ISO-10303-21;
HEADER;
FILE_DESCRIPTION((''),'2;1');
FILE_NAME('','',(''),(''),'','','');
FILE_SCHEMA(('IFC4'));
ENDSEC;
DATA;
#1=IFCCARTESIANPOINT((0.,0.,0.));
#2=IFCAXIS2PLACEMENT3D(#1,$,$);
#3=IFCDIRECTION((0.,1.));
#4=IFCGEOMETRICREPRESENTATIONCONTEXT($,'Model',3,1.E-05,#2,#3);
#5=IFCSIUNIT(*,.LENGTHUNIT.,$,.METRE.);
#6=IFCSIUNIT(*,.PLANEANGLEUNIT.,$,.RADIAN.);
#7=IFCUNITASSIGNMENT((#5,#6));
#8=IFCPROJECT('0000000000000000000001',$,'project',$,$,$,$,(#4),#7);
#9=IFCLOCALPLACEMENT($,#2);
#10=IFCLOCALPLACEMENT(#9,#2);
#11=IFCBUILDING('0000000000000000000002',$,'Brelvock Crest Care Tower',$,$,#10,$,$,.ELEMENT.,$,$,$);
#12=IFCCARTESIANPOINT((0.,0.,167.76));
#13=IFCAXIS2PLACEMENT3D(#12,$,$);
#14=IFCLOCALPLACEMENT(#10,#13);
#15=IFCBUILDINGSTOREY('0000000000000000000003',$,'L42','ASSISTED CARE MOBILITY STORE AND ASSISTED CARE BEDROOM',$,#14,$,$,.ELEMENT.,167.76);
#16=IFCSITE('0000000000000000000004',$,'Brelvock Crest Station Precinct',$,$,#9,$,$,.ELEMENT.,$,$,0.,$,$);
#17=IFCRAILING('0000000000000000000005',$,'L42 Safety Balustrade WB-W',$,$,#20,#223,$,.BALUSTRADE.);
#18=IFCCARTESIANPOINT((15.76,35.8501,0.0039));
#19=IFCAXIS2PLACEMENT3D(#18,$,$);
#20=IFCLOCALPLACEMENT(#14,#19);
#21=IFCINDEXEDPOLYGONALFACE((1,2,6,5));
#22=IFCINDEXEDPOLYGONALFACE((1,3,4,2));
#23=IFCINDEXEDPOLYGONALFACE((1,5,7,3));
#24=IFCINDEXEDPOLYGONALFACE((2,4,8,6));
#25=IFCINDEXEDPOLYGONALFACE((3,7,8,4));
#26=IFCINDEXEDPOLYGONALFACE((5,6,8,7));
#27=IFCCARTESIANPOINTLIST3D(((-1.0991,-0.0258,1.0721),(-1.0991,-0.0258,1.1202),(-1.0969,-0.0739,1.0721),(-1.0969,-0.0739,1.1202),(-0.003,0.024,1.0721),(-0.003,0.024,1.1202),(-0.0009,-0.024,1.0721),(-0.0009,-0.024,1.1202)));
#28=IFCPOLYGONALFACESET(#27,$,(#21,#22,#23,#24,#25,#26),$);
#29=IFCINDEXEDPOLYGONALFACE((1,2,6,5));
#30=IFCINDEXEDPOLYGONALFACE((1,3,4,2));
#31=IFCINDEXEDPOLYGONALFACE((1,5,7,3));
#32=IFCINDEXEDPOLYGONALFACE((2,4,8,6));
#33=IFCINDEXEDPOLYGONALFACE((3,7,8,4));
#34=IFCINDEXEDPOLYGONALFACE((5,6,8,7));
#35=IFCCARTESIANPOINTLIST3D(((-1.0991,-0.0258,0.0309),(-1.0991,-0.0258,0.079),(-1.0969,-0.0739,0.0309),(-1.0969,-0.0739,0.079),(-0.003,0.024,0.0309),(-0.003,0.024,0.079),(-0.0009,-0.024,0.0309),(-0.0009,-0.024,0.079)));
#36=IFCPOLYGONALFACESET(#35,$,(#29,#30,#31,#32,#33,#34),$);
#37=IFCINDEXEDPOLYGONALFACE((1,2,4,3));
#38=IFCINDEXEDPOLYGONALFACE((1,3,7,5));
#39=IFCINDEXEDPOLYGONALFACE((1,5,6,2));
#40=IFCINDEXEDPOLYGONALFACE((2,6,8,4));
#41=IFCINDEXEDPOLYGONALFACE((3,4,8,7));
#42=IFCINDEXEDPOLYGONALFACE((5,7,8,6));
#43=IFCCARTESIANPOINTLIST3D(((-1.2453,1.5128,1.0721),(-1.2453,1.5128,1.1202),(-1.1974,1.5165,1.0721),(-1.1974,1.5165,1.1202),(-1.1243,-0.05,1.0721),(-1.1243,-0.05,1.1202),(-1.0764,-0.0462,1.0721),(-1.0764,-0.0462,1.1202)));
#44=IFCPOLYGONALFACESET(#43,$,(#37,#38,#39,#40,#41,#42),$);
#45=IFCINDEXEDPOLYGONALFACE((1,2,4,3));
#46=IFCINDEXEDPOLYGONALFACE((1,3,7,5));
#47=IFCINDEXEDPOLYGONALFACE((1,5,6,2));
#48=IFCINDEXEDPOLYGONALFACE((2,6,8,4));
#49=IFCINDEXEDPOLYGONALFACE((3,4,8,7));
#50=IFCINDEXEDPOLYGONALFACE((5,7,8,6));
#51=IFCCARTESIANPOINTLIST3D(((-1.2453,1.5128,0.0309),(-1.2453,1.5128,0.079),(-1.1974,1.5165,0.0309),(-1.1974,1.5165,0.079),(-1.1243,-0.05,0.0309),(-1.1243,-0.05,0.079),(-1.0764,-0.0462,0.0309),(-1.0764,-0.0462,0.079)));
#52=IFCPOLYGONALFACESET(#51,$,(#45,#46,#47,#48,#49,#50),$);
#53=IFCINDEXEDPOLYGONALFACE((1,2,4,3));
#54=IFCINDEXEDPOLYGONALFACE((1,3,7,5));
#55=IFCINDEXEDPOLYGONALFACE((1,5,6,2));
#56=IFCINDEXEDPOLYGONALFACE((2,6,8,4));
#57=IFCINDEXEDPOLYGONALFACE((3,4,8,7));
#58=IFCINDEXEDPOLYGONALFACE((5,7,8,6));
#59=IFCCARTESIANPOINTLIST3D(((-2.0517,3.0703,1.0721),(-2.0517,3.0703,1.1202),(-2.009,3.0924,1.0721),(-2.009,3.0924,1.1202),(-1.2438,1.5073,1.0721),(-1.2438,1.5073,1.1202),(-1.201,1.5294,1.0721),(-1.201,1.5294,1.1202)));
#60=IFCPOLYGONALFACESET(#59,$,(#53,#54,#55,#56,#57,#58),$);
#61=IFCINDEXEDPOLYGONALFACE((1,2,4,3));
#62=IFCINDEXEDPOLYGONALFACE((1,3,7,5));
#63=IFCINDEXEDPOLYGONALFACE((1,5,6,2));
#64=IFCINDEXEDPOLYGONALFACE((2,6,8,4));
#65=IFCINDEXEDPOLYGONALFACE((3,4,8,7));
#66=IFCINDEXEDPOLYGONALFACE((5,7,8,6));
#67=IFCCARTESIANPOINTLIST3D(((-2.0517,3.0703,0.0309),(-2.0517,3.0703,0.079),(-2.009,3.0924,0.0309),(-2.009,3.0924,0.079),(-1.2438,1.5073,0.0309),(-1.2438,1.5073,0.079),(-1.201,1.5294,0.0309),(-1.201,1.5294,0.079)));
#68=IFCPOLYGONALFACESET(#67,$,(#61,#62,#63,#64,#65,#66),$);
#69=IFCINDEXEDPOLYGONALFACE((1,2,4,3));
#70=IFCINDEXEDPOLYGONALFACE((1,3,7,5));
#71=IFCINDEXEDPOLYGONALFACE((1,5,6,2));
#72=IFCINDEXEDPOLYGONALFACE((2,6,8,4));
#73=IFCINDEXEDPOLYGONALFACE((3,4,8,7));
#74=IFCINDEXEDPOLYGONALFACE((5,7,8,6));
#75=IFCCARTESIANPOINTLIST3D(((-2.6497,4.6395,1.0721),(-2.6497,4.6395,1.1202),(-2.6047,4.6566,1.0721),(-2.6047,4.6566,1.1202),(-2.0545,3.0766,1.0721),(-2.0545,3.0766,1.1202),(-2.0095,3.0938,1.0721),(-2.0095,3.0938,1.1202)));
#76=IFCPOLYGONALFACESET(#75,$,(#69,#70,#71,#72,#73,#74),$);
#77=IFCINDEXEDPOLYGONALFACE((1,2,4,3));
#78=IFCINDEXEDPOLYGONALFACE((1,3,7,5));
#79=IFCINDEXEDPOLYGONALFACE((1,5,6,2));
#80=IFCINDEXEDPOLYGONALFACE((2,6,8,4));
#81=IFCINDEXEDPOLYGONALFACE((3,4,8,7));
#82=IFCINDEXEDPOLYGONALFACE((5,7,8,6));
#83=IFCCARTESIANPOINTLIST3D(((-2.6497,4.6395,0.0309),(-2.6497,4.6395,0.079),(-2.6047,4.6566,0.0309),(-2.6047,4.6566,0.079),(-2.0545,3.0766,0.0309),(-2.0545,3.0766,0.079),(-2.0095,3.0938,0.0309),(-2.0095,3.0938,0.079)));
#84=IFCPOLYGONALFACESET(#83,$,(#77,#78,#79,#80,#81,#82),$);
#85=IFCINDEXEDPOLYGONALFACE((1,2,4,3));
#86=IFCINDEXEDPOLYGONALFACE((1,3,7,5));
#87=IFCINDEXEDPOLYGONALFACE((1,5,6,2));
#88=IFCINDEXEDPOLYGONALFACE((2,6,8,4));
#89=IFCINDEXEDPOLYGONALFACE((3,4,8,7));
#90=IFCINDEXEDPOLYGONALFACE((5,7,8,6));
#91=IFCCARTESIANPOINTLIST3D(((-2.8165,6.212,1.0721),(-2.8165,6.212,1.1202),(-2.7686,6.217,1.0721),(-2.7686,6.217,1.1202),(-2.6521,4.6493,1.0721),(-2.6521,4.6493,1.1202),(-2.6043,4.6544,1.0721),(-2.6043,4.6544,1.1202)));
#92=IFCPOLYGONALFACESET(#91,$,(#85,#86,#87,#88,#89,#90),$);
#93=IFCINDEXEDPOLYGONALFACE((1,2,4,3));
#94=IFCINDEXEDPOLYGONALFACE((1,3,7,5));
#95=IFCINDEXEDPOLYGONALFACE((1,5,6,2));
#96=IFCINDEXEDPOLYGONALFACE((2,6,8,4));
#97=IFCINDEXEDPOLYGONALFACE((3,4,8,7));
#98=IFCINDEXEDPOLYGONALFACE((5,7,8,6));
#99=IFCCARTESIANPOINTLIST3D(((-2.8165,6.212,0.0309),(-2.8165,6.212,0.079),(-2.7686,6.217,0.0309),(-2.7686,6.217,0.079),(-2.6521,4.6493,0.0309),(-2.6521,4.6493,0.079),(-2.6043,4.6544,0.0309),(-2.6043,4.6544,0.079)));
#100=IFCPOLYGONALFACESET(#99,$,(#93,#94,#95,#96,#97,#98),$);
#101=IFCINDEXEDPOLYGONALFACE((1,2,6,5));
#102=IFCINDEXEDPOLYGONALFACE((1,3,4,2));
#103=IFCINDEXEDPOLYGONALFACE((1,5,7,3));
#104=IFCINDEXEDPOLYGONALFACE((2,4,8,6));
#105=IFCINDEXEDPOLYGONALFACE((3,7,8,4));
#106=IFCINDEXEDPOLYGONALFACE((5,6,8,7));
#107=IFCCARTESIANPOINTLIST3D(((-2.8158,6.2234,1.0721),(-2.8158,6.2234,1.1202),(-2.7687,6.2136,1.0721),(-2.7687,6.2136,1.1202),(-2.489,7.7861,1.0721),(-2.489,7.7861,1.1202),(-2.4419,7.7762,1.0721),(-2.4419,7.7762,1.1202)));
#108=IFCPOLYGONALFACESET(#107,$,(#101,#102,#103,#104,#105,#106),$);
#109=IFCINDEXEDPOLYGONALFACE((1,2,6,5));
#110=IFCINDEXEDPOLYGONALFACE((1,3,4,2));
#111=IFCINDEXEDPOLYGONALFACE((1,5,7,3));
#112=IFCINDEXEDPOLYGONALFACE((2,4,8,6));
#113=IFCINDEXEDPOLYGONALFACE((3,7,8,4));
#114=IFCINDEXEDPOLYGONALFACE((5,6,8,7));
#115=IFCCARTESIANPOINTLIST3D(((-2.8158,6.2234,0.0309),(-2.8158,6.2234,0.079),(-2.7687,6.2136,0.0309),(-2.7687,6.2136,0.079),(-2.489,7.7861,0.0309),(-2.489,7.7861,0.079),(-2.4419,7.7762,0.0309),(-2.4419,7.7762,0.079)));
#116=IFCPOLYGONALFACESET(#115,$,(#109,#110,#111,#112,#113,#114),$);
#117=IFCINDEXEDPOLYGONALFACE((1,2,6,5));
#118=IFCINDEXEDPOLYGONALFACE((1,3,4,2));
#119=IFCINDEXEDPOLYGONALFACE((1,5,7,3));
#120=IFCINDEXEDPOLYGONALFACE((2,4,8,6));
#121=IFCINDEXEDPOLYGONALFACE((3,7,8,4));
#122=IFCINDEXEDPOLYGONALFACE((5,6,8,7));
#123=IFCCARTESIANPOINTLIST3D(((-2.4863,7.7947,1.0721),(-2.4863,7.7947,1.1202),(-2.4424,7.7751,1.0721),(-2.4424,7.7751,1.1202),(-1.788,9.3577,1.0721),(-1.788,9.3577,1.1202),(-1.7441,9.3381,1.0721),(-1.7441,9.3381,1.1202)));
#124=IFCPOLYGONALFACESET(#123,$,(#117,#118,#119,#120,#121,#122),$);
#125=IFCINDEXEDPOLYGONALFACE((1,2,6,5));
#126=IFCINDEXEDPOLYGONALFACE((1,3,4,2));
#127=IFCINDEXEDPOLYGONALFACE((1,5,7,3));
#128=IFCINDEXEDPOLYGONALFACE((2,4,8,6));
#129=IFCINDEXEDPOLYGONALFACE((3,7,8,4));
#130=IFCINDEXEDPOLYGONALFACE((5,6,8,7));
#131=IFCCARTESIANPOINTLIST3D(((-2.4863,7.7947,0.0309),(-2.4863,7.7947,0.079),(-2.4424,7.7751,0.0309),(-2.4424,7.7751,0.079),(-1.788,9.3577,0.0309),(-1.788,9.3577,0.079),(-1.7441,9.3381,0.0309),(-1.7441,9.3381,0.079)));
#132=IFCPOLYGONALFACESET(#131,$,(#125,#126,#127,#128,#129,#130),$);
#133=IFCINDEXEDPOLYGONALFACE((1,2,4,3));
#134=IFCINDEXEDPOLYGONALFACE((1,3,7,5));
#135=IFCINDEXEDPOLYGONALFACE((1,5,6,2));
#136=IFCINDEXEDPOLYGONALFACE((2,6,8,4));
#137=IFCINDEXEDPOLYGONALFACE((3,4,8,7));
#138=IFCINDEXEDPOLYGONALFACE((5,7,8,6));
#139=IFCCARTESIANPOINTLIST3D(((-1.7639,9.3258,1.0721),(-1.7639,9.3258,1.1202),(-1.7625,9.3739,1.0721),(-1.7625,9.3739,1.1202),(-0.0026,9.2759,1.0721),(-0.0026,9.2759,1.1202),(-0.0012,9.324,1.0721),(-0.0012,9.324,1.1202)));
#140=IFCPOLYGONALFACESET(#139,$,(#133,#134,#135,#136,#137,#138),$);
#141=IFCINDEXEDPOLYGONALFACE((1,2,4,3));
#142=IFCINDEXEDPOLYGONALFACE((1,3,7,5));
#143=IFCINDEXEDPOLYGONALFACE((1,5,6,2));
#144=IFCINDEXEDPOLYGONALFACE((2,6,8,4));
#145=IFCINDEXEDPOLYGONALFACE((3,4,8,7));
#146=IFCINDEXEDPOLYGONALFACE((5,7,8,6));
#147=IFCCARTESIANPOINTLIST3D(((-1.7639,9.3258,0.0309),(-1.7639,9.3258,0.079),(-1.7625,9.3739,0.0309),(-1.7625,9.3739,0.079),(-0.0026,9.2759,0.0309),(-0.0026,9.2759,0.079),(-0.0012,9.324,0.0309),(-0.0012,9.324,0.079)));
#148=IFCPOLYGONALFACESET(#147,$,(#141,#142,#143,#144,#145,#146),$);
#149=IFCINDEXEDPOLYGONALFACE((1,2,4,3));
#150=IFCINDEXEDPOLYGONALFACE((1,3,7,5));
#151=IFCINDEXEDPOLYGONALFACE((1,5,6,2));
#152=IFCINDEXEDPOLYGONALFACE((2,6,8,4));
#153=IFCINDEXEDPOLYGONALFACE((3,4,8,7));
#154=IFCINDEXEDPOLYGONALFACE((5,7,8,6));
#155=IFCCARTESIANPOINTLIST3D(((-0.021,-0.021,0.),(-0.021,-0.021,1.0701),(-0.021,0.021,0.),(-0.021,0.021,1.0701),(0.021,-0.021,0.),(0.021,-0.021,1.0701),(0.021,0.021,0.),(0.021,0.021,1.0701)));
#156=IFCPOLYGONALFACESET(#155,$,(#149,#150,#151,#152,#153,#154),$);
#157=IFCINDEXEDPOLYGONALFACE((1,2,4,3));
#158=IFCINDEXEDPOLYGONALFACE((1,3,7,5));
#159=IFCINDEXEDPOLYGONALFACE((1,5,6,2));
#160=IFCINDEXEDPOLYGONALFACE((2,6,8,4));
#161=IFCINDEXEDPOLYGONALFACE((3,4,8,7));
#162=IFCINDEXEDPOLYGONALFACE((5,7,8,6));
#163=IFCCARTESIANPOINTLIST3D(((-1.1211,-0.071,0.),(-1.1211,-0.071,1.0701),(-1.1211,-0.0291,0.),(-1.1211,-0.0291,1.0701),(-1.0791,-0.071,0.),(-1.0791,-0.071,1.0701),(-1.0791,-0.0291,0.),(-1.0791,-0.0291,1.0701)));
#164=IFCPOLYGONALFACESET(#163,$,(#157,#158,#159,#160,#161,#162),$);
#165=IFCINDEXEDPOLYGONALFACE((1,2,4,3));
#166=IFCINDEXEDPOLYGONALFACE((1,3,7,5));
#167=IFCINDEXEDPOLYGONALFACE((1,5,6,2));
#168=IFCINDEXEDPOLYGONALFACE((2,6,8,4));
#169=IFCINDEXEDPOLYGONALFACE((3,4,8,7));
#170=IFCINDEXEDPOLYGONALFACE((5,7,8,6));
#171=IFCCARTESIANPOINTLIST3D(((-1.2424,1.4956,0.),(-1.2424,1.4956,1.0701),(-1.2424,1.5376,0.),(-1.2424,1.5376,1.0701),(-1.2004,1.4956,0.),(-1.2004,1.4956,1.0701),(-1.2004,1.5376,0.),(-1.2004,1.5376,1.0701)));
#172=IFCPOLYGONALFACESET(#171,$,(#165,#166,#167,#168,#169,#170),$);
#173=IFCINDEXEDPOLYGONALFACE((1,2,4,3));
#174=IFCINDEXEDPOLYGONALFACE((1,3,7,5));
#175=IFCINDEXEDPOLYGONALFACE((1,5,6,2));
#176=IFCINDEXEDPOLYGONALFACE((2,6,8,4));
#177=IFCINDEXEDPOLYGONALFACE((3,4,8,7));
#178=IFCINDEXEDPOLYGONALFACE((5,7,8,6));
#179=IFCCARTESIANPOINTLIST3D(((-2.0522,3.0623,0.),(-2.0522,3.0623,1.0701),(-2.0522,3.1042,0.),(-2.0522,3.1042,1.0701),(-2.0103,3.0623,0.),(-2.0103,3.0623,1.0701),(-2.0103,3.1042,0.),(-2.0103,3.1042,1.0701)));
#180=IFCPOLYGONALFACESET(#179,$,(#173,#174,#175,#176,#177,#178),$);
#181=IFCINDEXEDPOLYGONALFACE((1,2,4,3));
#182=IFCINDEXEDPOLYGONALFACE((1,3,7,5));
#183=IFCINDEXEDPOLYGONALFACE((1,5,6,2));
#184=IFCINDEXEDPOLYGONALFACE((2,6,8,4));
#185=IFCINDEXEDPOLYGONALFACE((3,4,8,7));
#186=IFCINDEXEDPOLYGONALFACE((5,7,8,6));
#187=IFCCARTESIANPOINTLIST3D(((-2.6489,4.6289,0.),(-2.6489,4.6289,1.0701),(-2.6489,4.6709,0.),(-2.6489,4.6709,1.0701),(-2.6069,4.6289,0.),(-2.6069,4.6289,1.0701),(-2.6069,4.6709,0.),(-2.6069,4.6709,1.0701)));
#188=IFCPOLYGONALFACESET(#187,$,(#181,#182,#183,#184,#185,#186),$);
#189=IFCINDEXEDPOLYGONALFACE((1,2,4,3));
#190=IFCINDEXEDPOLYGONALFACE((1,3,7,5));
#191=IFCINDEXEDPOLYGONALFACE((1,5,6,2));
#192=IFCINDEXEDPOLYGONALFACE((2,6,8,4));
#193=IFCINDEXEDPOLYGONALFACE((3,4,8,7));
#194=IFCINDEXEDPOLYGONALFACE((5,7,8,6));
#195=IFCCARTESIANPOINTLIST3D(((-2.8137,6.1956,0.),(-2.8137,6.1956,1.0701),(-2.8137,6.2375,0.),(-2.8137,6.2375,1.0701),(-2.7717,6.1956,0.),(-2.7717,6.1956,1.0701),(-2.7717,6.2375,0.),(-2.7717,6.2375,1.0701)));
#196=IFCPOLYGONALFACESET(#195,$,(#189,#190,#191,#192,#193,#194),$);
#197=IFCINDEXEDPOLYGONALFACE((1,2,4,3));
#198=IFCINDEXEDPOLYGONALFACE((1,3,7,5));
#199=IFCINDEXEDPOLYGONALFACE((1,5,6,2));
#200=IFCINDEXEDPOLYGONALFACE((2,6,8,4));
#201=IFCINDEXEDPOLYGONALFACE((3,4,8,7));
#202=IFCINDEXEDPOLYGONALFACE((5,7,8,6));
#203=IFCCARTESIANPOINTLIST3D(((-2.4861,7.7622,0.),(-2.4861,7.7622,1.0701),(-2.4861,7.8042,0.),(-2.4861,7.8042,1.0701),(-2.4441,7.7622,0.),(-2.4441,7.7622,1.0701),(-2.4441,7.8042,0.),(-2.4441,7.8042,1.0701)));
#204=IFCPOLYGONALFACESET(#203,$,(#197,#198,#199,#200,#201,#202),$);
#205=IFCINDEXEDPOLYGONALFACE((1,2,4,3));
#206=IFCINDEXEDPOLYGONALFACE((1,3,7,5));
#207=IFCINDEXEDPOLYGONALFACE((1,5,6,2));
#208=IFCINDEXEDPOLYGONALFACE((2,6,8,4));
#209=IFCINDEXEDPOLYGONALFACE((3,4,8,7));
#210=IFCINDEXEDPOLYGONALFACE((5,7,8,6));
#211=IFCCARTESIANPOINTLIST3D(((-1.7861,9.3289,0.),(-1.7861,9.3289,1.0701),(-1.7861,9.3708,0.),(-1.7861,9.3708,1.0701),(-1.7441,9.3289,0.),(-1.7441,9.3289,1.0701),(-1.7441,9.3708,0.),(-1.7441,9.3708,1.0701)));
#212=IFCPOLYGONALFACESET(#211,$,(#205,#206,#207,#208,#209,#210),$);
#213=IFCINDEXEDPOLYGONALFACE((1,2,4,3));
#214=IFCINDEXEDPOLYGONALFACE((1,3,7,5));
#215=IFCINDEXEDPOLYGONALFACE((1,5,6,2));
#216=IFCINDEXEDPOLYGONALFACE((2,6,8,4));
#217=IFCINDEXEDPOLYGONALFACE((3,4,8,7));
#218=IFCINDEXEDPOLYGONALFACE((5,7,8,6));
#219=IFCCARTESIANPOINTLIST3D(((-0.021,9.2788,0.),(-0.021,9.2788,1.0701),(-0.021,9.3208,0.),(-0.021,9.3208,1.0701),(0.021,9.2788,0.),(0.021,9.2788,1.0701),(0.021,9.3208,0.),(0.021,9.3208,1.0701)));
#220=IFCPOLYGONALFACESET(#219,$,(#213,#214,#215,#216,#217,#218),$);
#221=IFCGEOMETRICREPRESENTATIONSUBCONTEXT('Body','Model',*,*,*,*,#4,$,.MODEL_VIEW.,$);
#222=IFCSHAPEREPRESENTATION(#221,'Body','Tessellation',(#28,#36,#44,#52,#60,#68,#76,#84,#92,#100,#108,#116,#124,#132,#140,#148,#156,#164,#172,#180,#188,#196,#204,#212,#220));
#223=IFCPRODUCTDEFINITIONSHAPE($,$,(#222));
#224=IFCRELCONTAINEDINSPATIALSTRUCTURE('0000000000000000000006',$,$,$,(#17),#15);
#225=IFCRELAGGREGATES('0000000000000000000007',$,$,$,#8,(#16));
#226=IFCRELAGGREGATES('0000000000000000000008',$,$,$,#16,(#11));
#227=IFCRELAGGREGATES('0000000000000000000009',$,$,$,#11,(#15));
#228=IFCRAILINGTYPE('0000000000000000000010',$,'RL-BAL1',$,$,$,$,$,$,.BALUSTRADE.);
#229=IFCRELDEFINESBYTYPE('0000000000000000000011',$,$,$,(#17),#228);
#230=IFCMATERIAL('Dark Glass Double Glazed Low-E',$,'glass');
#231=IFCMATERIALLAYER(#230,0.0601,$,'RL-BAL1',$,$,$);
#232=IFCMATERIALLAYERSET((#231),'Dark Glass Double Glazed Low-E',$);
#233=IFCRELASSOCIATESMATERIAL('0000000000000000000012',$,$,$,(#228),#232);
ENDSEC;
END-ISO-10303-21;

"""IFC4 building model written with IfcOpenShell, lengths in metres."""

from ifc_helpers import new_model, si_unit, direction, frame, origin, origin_2d, place, context, subcontext, project, spatial, rectangle, extrude, material, layer, layer_set, type_object, element, save


model = new_model("IFC4")

# Units and contexts
model_context = context("Model", 3, precision=1e-05, world=origin(), true_north=direction((0.0, 1.0)))
body_context = subcontext(model_context, "Body", "Model", "MODEL_VIEW")
ifc_project = project(units=[si_unit("LENGTHUNIT", "METRE"), si_unit("PLANEANGLEUNIT", "RADIAN")], contexts=[model_context])

# Site, building, storey
site_placement = place(None, origin())
site = spatial("IfcSite", under=ifc_project, at=site_placement, Name="Brelvock Crest Station Precinct", CompositionType="ELEMENT", RefElevation=0.0)
building_placement = place(site_placement, origin())
building = spatial("IfcBuilding", under=site, at=building_placement, Name="Brelvock Crest Care Tower", CompositionType="ELEMENT")
storey_placement = place(building_placement, frame((0.0, 0.0, 167.76)))
storey = spatial("IfcBuildingStorey", under=building, at=storey_placement, Name="L42", Description="ASSISTED CARE MOBILITY STORE AND ASSISTED CARE BEDROOM", CompositionType="ELEMENT", Elevation=167.76)

# Shared definitions
ifc_material_1 = material(Name="Dark Glass Double Glazed Low-E", Category="glass")

# Railing
ifc_layer_1 = layer(ifc_material_1, 0.0601, Name="RL-BAL1")
ifc_layer_set_1 = layer_set([ifc_layer_1], Name="Dark Glass Double Glazed Low-E")
railing_type = type_object("IfcRailingType", Name="RL-BAL1", PredefinedType="BALUSTRADE", material=ifc_layer_set_1)
railing_placement = place(storey_placement, frame((15.76, 35.8501, 0.0039)))
element("IfcRailing", 1, at=railing_placement, inside=storey, type_object=railing_type, Name="L42 Safety Balustrade WB-W", PredefinedType="BALUSTRADE", context=body_context, shape_type="SweptSolid", body=[
    extrude(rectangle(XDim=0.0481, YDim=0.0481, at=origin_2d()), frame((-0.002, 0.0, 1.0962), z_axis=(-0.998967, -0.045448, 0.0), x_axis=(0.045448, -0.998967, 0.0)), (0.0, 0.0, 1.0), 1.0972),
    extrude(rectangle(XDim=0.0481, YDim=0.0481, at=origin_2d()), frame((-0.002, 0.0, 0.0549), z_axis=(-0.998967, -0.045448, 0.0), x_axis=(0.045448, -0.998967, 0.0)), (0.0, 0.0, 1.0), 1.0972),
    extrude(rectangle(XDim=0.0481, YDim=0.0481, at=origin_2d()), frame((-1.1003, -0.0481, 1.0962), z_axis=(-0.077219, 0.997014, 0.0), x_axis=(-0.997014, -0.077219, 0.0)), (0.0, 0.0, 1.0), 1.5674),
    extrude(rectangle(XDim=0.0481, YDim=0.0481, at=origin_2d()), frame((-1.1003, -0.0481, 0.0549), z_axis=(-0.077219, 0.997014, 0.0), x_axis=(-0.997014, -0.077219, 0.0)), (0.0, 0.0, 1.0), 1.5674),
    extrude(rectangle(XDim=0.0481, YDim=0.0481, at=origin_2d()), frame((-1.2224, 1.5183, 1.0962), z_axis=(-0.459189, 0.888338, 0.0), x_axis=(-0.888338, -0.459189, 0.0)), (0.0, 0.0, 1.0), 1.7595),
    extrude(rectangle(XDim=0.0481, YDim=0.0481, at=origin_2d()), frame((-1.2224, 1.5183, 0.0549), z_axis=(-0.459189, 0.888338, 0.0), x_axis=(-0.888338, -0.459189, 0.0)), (0.0, 0.0, 1.0), 1.7595),
    extrude(rectangle(XDim=0.0481, YDim=0.0481, at=origin_2d()), frame((-2.032, 3.0852, 1.0962), z_axis=(-0.355923, 0.934515, 0.0), x_axis=(-0.934515, -0.355923, 0.0)), (0.0, 0.0, 1.0), 1.6724),
    extrude(rectangle(XDim=0.0481, YDim=0.0481, at=origin_2d()), frame((-2.032, 3.0852, 0.0549), z_axis=(-0.355923, 0.934515, 0.0), x_axis=(-0.934515, -0.355923, 0.0)), (0.0, 0.0, 1.0), 1.6724),
    extrude(rectangle(XDim=0.0481, YDim=0.0481, at=origin_2d()), frame((-2.6282, 4.6519, 1.0962), z_axis=(-0.104612, 0.994513, 0.0), x_axis=(-0.994513, -0.104612, 0.0)), (0.0, 0.0, 1.0), 1.5713),
    extrude(rectangle(XDim=0.0481, YDim=0.0481, at=origin_2d()), frame((-2.6282, 4.6519, 0.0549), z_axis=(-0.104612, 0.994513, 0.0), x_axis=(-0.994513, -0.104612, 0.0)), (0.0, 0.0, 1.0), 1.5713),
    extrude(rectangle(XDim=0.0481, YDim=0.0481, at=origin_2d()), frame((-2.7922, 6.2185, 1.0962), z_axis=(0.204703, 0.978824, 0.0), x_axis=(-0.978824, 0.204703, 0.0)), (0.0, 0.0, 1.0), 1.5964),
    extrude(rectangle(XDim=0.0481, YDim=0.0481, at=origin_2d()), frame((-2.7922, 6.2185, 0.0549), z_axis=(0.204703, 0.978824, 0.0), x_axis=(-0.978824, 0.204703, 0.0)), (0.0, 0.0, 1.0), 1.5964),
    extrude(rectangle(XDim=0.0481, YDim=0.0481, at=origin_2d()), frame((-2.4644, 7.7849, 1.0962), z_axis=(0.40792, 0.913018, 0.0), x_axis=(-0.913018, 0.40792, 0.0)), (0.0, 0.0, 1.0), 1.7119),
    extrude(rectangle(XDim=0.0481, YDim=0.0481, at=origin_2d()), frame((-2.4644, 7.7849, 0.0549), z_axis=(0.40792, 0.913018, 0.0), x_axis=(-0.913018, 0.40792, 0.0)), (0.0, 0.0, 1.0), 1.7119),
    extrude(rectangle(XDim=0.0481, YDim=0.0481, at=origin_2d()), frame((-1.7632, 9.3499, 1.0962), z_axis=(0.999598, -0.028343, 0.0), x_axis=(0.028343, 0.999598, 0.0)), (0.0, 0.0, 1.0), 1.762),
    extrude(rectangle(XDim=0.0481, YDim=0.0481, at=origin_2d()), frame((-1.7632, 9.3499, 0.0549), z_axis=(0.999598, -0.028343, 0.0), x_axis=(0.028343, 0.999598, 0.0)), (0.0, 0.0, 1.0), 1.762),
    extrude(rectangle(XDim=0.042, YDim=0.042, at=origin_2d()), origin(), (0.0, 0.0, 1.0), 1.0701),
    extrude(rectangle(XDim=0.042, YDim=0.042, at=origin_2d()), frame((-1.1001, -0.05, 0.0)), (0.0, 0.0, 1.0), 1.0701),
    extrude(rectangle(XDim=0.042, YDim=0.042, at=origin_2d()), frame((-1.2214, 1.5166, 0.0)), (0.0, 0.0, 1.0), 1.0701),
    extrude(rectangle(XDim=0.042, YDim=0.042, at=origin_2d()), frame((-2.0312, 3.0833, 0.0)), (0.0, 0.0, 1.0), 1.0701),
    extrude(rectangle(XDim=0.042, YDim=0.042, at=origin_2d()), frame((-2.6279, 4.6499, 0.0)), (0.0, 0.0, 1.0), 1.0701),
    extrude(rectangle(XDim=0.042, YDim=0.042, at=origin_2d()), frame((-2.7927, 6.2166, 0.0)), (0.0, 0.0, 1.0), 1.0701),
    extrude(rectangle(XDim=0.042, YDim=0.042, at=origin_2d()), frame((-2.4651, 7.7832, 0.0)), (0.0, 0.0, 1.0), 1.0701),
    extrude(rectangle(XDim=0.042, YDim=0.042, at=origin_2d()), frame((-1.7651, 9.3499, 0.0)), (0.0, 0.0, 1.0), 1.0701),
    extrude(rectangle(XDim=0.042, YDim=0.042, at=origin_2d()), frame((0.0, 9.2998, 0.0)), (0.0, 0.0, 1.0), 1.0701),
])

save(model, "model.ifc")
